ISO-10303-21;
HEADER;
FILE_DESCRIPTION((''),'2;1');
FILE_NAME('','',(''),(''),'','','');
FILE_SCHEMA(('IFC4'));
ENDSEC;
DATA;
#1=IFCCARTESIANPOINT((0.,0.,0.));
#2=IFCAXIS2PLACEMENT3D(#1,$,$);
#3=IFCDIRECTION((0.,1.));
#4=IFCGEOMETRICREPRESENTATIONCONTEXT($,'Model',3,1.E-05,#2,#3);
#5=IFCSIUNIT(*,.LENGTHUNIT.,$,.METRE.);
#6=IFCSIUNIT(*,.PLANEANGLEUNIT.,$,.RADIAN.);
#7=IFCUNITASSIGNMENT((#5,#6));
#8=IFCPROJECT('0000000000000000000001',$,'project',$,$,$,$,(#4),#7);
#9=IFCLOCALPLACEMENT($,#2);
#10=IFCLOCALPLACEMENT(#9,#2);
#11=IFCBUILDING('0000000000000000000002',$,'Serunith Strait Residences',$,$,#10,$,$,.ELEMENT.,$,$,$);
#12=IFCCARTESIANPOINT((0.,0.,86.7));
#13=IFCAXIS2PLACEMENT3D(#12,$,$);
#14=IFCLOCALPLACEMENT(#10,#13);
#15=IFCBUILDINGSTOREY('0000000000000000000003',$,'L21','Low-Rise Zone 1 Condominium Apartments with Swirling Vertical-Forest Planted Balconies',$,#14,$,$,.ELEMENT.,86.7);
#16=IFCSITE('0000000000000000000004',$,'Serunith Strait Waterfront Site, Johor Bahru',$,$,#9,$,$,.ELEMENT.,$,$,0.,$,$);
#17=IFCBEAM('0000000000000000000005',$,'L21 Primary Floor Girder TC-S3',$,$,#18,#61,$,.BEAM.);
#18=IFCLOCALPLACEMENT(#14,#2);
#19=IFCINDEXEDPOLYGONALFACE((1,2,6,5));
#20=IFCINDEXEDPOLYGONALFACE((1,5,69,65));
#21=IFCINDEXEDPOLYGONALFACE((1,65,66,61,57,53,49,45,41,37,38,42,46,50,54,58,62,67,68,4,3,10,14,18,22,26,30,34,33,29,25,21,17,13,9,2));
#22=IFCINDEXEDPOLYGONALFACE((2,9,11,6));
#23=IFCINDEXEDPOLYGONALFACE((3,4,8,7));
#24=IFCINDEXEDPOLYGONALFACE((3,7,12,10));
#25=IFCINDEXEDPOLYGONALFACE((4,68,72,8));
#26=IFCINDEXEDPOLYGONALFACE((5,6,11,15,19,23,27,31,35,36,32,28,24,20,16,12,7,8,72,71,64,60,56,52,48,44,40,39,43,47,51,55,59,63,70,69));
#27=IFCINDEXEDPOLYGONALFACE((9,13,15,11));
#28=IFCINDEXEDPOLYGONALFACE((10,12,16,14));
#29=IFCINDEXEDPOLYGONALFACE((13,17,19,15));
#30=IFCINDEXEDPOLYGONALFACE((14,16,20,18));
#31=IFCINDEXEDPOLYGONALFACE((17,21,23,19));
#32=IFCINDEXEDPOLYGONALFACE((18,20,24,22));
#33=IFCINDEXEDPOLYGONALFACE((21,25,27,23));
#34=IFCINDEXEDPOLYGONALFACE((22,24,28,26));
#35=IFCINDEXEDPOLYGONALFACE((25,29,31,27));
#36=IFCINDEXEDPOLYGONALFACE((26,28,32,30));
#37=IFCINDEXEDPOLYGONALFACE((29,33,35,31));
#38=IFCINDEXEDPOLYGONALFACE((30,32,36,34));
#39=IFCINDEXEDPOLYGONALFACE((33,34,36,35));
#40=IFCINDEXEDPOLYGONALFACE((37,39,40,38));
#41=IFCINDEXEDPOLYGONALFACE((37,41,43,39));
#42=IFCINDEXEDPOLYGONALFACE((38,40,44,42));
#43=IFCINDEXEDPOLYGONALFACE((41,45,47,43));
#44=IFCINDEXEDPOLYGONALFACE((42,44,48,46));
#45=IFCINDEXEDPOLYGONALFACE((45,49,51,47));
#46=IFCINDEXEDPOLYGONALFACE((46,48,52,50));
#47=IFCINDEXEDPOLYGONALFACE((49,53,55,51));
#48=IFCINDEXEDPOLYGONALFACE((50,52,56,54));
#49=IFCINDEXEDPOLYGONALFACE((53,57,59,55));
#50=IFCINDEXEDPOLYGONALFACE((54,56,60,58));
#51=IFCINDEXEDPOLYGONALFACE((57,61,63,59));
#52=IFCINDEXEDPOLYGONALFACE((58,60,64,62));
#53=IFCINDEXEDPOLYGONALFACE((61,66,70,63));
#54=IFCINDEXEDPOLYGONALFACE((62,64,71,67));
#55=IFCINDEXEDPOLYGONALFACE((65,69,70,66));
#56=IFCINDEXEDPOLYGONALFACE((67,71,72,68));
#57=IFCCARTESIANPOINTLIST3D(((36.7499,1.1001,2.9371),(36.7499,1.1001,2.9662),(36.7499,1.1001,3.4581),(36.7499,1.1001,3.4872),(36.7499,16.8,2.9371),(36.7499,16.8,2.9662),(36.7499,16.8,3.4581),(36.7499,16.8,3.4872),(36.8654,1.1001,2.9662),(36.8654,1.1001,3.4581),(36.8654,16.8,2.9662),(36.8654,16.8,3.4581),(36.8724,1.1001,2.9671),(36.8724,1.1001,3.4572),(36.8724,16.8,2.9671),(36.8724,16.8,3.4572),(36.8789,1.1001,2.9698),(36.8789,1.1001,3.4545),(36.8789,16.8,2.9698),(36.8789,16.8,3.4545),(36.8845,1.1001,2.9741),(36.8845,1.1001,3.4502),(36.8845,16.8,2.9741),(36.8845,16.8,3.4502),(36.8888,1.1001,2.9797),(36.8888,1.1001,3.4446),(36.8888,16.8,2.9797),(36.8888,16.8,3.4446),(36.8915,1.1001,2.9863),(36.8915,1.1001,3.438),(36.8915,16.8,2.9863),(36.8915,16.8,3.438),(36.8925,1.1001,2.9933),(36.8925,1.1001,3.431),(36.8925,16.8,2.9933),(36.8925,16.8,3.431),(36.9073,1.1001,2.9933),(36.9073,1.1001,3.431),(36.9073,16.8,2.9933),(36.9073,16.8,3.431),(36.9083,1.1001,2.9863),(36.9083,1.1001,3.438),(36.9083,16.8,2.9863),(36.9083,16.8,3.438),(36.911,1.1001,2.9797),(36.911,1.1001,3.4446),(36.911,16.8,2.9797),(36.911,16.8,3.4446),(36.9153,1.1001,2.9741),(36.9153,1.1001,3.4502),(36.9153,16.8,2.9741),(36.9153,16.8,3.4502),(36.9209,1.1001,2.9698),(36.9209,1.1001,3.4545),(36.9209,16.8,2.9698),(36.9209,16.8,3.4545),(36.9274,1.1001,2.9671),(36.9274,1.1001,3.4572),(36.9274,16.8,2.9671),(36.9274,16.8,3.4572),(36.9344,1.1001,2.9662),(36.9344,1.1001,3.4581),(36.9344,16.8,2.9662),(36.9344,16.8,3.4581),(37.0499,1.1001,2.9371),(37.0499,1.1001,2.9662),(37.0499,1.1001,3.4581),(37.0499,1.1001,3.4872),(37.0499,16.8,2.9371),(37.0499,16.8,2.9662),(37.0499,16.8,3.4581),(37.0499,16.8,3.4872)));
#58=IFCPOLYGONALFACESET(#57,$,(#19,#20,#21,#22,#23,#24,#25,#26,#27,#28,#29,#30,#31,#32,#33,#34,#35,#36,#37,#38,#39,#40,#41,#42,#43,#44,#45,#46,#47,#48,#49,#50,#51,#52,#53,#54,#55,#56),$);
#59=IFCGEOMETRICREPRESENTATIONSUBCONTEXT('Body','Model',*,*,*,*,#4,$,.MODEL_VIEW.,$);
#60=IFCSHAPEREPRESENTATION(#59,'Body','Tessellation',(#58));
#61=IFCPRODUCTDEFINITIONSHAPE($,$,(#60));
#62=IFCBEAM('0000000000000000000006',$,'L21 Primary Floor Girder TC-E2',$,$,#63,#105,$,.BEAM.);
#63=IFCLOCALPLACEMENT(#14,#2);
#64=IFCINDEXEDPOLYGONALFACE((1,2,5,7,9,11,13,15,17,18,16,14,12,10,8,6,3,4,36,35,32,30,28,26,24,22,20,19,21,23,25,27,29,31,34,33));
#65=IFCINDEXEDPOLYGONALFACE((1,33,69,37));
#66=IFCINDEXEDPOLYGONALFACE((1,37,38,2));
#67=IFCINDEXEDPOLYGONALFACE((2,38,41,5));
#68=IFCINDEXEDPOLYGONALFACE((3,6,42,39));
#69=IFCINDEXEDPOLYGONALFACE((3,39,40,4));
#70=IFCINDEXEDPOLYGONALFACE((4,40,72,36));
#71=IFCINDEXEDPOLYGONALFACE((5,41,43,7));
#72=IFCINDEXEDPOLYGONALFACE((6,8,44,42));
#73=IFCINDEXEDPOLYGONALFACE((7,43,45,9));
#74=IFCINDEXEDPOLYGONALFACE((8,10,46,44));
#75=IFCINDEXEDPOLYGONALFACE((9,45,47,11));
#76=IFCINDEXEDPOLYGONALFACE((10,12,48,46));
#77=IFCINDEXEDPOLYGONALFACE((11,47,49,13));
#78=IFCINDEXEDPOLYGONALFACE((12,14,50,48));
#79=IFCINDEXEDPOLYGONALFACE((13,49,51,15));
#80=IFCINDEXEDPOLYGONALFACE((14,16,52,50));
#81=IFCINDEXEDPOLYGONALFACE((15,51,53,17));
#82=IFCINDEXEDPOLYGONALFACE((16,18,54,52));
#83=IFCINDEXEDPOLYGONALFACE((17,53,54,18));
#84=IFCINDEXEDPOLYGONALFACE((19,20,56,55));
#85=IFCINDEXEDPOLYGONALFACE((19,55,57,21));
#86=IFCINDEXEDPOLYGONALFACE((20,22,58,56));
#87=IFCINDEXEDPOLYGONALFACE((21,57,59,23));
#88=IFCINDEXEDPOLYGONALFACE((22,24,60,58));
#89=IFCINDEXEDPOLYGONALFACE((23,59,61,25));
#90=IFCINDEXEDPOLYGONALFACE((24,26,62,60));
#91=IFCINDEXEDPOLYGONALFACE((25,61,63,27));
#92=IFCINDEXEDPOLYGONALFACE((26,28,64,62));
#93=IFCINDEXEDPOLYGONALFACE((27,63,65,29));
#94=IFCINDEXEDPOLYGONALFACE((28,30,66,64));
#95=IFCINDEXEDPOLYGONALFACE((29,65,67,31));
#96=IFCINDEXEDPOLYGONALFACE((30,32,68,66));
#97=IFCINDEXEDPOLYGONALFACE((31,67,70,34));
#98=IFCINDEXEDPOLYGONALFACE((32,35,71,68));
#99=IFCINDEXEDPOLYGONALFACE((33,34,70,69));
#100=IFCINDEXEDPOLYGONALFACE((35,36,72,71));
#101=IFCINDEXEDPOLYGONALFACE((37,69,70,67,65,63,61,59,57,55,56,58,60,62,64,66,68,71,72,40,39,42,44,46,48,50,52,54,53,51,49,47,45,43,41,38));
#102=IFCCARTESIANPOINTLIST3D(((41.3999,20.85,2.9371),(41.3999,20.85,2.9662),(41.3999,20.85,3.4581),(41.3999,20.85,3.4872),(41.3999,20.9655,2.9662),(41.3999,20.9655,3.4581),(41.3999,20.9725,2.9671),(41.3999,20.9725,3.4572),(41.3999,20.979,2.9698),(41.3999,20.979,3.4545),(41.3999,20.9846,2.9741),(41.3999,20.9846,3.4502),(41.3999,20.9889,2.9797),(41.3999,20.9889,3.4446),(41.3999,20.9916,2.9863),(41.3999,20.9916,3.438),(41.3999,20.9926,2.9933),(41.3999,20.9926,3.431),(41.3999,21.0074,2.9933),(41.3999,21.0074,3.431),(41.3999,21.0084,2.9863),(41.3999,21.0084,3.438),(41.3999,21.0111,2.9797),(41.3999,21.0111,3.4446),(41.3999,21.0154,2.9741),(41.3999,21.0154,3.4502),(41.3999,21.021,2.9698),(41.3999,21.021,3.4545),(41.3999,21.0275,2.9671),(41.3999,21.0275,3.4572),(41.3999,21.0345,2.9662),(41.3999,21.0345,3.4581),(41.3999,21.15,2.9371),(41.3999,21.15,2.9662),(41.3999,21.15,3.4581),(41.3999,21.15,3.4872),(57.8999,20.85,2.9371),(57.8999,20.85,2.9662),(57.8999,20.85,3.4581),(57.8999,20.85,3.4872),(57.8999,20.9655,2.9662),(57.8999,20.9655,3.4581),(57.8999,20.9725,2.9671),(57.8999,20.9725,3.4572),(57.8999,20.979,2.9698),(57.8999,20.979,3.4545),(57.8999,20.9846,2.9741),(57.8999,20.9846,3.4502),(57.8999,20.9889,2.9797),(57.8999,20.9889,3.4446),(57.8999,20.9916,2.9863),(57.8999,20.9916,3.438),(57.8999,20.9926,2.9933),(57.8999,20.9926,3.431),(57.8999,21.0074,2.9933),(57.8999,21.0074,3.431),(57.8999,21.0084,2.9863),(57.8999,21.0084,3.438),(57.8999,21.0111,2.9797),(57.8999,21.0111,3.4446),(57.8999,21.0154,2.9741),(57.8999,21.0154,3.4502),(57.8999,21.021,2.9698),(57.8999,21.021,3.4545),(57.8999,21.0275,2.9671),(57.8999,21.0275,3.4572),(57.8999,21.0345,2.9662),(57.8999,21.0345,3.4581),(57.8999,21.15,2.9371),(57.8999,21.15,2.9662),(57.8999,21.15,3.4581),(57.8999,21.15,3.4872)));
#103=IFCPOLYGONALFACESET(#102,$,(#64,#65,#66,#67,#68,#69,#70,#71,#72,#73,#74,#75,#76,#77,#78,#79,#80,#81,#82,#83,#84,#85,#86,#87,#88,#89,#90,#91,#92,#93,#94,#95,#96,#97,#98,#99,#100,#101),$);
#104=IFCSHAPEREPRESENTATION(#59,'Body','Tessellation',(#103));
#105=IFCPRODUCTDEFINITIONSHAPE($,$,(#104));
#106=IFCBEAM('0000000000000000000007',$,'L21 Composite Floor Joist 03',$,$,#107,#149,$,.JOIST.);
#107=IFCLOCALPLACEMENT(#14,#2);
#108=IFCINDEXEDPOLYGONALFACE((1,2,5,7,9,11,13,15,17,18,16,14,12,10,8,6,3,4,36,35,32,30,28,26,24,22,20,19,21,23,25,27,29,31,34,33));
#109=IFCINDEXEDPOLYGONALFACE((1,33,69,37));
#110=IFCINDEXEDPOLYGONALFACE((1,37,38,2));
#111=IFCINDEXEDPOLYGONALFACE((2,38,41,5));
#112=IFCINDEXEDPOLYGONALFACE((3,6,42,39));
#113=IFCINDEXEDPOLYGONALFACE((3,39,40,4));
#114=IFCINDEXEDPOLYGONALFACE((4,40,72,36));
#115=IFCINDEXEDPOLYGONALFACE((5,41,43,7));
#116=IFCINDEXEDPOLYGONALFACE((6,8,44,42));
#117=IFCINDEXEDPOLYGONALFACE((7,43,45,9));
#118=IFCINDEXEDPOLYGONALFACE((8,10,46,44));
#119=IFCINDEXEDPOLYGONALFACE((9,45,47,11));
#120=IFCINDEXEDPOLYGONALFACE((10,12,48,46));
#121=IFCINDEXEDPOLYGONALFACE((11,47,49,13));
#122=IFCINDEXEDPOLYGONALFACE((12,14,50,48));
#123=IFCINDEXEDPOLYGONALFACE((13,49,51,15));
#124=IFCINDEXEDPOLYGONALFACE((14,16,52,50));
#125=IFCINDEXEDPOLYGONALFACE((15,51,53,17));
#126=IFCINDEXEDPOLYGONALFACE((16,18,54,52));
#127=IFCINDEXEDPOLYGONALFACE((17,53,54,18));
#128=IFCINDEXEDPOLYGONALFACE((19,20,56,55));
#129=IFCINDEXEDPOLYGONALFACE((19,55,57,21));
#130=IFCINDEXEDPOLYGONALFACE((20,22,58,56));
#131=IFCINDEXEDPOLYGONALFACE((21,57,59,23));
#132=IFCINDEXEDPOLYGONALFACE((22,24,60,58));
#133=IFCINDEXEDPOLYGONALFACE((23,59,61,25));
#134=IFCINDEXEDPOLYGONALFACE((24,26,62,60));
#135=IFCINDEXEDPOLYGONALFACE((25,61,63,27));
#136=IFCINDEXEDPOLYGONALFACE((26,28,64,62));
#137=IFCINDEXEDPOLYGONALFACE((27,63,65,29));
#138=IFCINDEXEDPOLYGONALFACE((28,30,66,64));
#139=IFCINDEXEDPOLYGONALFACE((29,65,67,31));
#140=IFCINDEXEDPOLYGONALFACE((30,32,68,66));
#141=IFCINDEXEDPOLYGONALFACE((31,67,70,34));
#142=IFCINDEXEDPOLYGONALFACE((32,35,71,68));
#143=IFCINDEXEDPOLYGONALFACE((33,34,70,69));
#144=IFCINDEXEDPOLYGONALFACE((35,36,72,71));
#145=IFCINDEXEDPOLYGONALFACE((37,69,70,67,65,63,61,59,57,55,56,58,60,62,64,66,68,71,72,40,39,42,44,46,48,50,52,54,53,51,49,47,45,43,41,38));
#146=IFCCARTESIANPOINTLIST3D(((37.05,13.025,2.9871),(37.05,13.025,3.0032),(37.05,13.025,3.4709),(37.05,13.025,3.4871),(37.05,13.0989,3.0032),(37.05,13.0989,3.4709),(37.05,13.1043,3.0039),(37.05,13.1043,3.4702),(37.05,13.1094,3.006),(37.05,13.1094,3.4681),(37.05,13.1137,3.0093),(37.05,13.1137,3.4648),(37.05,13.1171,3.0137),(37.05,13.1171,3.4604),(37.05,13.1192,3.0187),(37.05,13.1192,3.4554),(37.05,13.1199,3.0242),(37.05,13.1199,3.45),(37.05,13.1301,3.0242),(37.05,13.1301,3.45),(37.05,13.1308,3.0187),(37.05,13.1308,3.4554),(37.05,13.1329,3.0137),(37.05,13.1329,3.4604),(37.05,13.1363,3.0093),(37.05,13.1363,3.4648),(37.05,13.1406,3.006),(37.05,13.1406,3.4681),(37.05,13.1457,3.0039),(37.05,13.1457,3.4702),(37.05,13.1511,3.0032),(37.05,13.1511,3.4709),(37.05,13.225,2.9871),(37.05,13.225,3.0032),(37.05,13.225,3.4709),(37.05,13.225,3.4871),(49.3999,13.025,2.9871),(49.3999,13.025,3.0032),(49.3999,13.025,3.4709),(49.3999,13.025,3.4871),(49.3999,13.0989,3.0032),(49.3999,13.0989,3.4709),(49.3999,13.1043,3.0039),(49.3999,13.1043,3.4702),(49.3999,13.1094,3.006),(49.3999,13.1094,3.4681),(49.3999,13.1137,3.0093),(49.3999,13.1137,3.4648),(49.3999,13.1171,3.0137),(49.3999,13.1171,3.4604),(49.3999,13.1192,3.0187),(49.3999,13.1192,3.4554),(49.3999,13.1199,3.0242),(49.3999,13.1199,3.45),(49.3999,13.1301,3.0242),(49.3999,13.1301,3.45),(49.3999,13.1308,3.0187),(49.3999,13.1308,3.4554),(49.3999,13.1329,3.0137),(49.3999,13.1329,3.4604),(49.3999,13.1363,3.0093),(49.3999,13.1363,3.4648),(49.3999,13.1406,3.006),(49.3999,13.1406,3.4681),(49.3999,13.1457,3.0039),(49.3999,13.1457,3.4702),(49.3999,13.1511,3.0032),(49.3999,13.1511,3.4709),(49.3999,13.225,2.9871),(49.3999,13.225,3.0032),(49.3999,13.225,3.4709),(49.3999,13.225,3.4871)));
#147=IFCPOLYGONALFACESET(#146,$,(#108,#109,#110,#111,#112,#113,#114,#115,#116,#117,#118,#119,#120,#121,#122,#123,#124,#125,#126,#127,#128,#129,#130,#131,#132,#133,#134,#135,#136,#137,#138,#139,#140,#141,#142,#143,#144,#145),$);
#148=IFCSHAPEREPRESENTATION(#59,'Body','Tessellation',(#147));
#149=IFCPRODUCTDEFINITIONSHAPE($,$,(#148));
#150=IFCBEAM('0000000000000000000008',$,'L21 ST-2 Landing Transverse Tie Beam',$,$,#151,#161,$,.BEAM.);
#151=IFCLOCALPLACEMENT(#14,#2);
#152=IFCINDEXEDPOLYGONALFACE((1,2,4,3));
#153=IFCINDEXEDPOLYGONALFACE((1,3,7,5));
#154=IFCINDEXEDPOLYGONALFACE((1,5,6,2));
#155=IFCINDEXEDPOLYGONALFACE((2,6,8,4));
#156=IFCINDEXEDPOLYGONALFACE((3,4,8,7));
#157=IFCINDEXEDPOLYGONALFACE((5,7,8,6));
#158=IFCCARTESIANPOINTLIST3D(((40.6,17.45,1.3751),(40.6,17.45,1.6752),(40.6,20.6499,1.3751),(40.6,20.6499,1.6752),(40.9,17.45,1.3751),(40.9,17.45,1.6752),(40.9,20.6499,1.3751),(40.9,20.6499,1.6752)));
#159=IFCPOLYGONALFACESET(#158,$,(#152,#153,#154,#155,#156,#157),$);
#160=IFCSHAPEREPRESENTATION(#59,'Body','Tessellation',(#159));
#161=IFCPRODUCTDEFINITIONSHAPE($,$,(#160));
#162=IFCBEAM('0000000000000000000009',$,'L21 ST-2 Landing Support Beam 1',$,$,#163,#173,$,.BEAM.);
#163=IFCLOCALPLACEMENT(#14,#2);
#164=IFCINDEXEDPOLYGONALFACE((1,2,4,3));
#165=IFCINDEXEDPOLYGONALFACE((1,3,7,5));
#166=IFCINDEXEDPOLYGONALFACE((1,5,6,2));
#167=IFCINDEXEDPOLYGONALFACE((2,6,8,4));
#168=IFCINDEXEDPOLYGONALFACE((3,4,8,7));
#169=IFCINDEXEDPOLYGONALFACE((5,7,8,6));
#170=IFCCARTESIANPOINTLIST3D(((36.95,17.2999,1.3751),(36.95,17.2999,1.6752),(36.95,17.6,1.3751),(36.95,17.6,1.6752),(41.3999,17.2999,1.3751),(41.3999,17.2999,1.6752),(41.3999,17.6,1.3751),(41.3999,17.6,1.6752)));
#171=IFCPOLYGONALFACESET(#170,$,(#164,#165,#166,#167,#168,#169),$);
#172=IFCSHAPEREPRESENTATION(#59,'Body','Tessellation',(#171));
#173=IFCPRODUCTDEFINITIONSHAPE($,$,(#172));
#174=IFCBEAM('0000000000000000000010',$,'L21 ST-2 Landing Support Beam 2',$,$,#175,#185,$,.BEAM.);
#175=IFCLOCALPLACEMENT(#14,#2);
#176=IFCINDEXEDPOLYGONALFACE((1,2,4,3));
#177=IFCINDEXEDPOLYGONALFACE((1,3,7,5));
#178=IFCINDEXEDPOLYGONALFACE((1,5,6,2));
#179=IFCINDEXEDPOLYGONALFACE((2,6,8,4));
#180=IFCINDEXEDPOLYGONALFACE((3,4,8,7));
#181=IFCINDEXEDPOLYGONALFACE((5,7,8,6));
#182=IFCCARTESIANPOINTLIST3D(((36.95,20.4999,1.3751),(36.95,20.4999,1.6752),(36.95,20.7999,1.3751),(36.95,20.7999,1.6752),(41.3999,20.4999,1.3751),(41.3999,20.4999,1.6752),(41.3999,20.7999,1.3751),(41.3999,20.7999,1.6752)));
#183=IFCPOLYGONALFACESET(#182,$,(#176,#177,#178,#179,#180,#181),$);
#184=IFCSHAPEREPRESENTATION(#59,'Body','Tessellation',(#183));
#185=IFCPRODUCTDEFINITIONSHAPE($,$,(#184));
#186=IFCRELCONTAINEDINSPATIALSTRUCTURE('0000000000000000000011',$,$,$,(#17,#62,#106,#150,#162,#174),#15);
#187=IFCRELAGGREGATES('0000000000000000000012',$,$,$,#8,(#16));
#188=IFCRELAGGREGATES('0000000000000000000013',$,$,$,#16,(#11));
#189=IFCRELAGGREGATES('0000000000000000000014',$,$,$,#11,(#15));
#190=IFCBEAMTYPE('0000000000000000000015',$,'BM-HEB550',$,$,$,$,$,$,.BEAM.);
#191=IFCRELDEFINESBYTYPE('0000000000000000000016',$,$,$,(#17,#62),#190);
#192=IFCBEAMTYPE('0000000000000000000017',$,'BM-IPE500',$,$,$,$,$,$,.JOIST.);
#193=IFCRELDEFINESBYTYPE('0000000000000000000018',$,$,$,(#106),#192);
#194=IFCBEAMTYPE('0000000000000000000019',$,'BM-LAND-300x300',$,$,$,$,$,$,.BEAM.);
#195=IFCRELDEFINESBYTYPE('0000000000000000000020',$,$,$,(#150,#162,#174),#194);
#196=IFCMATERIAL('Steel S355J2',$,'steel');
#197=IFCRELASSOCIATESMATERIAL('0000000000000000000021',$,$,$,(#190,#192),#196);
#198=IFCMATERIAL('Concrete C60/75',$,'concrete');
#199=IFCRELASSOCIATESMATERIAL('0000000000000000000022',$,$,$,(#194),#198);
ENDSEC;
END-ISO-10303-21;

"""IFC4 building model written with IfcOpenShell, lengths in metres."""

from ifc_helpers import new_model, si_unit, direction, frame, origin, origin_2d, place, context, subcontext, project, spatial, rectangle, i_section, extrude, source, transform, mapped, material, material_profile, profile_set, type_object, element, save


model = new_model("IFC4")

# Units and contexts
model_context = context("Model", 3, precision=1e-05, world=origin(), true_north=direction((0.0, 1.0)))
body_context = subcontext(model_context, "Body", "Model", "MODEL_VIEW")
ifc_project = project(units=[si_unit("LENGTHUNIT", "METRE"), si_unit("PLANEANGLEUNIT", "RADIAN")], contexts=[model_context])

# Site, building, storey
site_placement = place(None, origin())
site = spatial("IfcSite", under=ifc_project, at=site_placement, Name="Serunith Strait Waterfront Site, Johor Bahru", CompositionType="ELEMENT", RefElevation=0.0)
building_placement = place(site_placement, origin())
building = spatial("IfcBuilding", under=site, at=building_placement, Name="Serunith Strait Residences", CompositionType="ELEMENT")
storey_placement = place(building_placement, frame((0.0, 0.0, 86.7)))
storey = spatial("IfcBuildingStorey", under=building, at=storey_placement, Name="L21", Description="Low-Rise Zone 1 Condominium Apartments with Swirling Vertical-Forest Planted Balconies", CompositionType="ELEMENT", Elevation=86.7)

# Beams
ifc_material_1 = material(Name="Steel S355J2", Category="steel")
ifc_material_profile_1 = material_profile(ifc_material_1, i_section(OverallWidth=0.3, OverallDepth=0.55, WebThickness=0.0149, FlangeThickness=0.0291, FilletRadius=0.0271, at=origin_2d()), Name="HEB 550")
ifc_profile_set_1 = profile_set([ifc_material_profile_1], Name="Steel S355J2")
beam_type_1 = type_object("IfcBeamType", Name="BM-HEB550", PredefinedType="BEAM", material=ifc_profile_set_1)
shared_shape_1 = source(origin(), body_context, "Body", "SweptSolid", [
    extrude(i_section(OverallWidth=0.3, OverallDepth=0.55, WebThickness=0.0149, FlangeThickness=0.0291, FilletRadius=0.0271, at=origin_2d()), origin(), (0.0, 0.0, 1.0), 15.7),
])
beam_1_placement = place(storey_placement, frame((36.8999, 16.8, 3.2122), z_axis=(0.0, -1.0, 0.0), x_axis=(1.0, 0.0, 0.0)))
element("IfcBeam", 1, at=beam_1_placement, inside=storey, type_object=beam_type_1, Name="L21 Primary Floor Girder TC-S3", PredefinedType="BEAM", context=body_context, shape_type="MappedRepresentation", body=[
    mapped(shared_shape_1, transform((0.0, 0.0, 0.0), scale=1.0)),
])
shared_shape_2 = source(origin(), body_context, "Body", "SweptSolid", [
    extrude(i_section(OverallWidth=0.3, OverallDepth=0.55, WebThickness=0.0149, FlangeThickness=0.0291, FilletRadius=0.0271, at=origin_2d()), origin(), (0.0, 0.0, 1.0), 16.5),
])
beam_2_placement = place(storey_placement, frame((41.3999, 21.0, 3.2122), z_axis=(1.0, 0.0, 0.0), x_axis=(0.0, 1.0, 0.0)))
element("IfcBeam", 2, at=beam_2_placement, inside=storey, type_object=beam_type_1, Name="L21 Primary Floor Girder TC-E2", PredefinedType="BEAM", context=body_context, shape_type="MappedRepresentation", body=[
    mapped(shared_shape_2, transform((0.0, 0.0, 0.0), scale=1.0)),
])
ifc_material_profile_2 = material_profile(ifc_material_1, i_section(OverallWidth=0.2, OverallDepth=0.5, WebThickness=0.0103, FlangeThickness=0.0161, FilletRadius=0.021, at=origin_2d()), Name="IPE 500")
ifc_profile_set_2 = profile_set([ifc_material_profile_2], Name="Steel S355J2")
beam_type_2 = type_object("IfcBeamType", Name="BM-IPE500", PredefinedType="JOIST", material=ifc_profile_set_2)
shared_shape_3 = source(origin(), body_context, "Body", "SweptSolid", [
    extrude(i_section(OverallWidth=0.2, OverallDepth=0.5, WebThickness=0.0103, FlangeThickness=0.0161, FilletRadius=0.021, at=origin_2d()), origin(), (0.0, 0.0, 1.0), 12.3499),
])
beam_3_placement = place(storey_placement, frame((37.05, 13.125, 3.2371), z_axis=(1.0, 0.0, 0.0), x_axis=(0.0, 1.0, 0.0)))
element("IfcBeam", 3, at=beam_3_placement, inside=storey, type_object=beam_type_2, Name="L21 Composite Floor Joist 03", PredefinedType="JOIST", context=body_context, shape_type="MappedRepresentation", body=[
    mapped(shared_shape_3, transform((0.0, 0.0, 0.0), scale=1.0)),
])
ifc_material_2 = material(Name="Concrete C60/75", Category="concrete")
ifc_material_profile_3 = material_profile(ifc_material_2, rectangle(XDim=0.3, YDim=0.3, at=origin_2d()), Name="RC 300x300")
ifc_profile_set_3 = profile_set([ifc_material_profile_3], Name="Concrete C60/75")
beam_type_3 = type_object("IfcBeamType", Name="BM-LAND-300x300", PredefinedType="BEAM", material=ifc_profile_set_3)
shared_shape_4 = source(origin(), body_context, "Body", "SweptSolid", [
    extrude(rectangle(XDim=0.3, YDim=0.3, at=origin_2d()), origin(), (0.0, 0.0, 1.0), 3.2),
])
beam_4_placement = place(storey_placement, frame((40.75, 17.45, 1.5251), z_axis=(0.0, 1.0, 0.0), x_axis=(-1.0, 0.0, 0.0)))
element("IfcBeam", 4, at=beam_4_placement, inside=storey, type_object=beam_type_3, Name="L21 ST-2 Landing Transverse Tie Beam", PredefinedType="BEAM", context=body_context, shape_type="MappedRepresentation", body=[
    mapped(shared_shape_4, transform((0.0, 0.0, 0.0), scale=1.0)),
])
shared_shape_5 = source(origin(), body_context, "Body", "SweptSolid", [
    extrude(rectangle(XDim=0.3, YDim=0.3, at=origin_2d()), origin(), (0.0, 0.0, 1.0), 4.45),
])
for number, where, z_axis, x_axis, name in (
    (5, (36.95, 17.45, 1.5251), (1.0, 0.0, 0.0), (0.0, 1.0, 0.0), "L21 ST-2 Landing Support Beam 1"),
    (6, (36.95, 20.6499, 1.5251), (1.0, 0.0, 0.0), (0.0, 1.0, 0.0), "L21 ST-2 Landing Support Beam 2"),
):
    element("IfcBeam", number, at=place(storey_placement, frame(where, z_axis=z_axis, x_axis=x_axis)), inside=storey, type_object=beam_type_3, Name=name, PredefinedType="BEAM", context=body_context, shape_type="MappedRepresentation", body=[
        mapped(shared_shape_5, transform((0.0, 0.0, 0.0), scale=1.0)),
    ])

save(model, "model.ifc")
